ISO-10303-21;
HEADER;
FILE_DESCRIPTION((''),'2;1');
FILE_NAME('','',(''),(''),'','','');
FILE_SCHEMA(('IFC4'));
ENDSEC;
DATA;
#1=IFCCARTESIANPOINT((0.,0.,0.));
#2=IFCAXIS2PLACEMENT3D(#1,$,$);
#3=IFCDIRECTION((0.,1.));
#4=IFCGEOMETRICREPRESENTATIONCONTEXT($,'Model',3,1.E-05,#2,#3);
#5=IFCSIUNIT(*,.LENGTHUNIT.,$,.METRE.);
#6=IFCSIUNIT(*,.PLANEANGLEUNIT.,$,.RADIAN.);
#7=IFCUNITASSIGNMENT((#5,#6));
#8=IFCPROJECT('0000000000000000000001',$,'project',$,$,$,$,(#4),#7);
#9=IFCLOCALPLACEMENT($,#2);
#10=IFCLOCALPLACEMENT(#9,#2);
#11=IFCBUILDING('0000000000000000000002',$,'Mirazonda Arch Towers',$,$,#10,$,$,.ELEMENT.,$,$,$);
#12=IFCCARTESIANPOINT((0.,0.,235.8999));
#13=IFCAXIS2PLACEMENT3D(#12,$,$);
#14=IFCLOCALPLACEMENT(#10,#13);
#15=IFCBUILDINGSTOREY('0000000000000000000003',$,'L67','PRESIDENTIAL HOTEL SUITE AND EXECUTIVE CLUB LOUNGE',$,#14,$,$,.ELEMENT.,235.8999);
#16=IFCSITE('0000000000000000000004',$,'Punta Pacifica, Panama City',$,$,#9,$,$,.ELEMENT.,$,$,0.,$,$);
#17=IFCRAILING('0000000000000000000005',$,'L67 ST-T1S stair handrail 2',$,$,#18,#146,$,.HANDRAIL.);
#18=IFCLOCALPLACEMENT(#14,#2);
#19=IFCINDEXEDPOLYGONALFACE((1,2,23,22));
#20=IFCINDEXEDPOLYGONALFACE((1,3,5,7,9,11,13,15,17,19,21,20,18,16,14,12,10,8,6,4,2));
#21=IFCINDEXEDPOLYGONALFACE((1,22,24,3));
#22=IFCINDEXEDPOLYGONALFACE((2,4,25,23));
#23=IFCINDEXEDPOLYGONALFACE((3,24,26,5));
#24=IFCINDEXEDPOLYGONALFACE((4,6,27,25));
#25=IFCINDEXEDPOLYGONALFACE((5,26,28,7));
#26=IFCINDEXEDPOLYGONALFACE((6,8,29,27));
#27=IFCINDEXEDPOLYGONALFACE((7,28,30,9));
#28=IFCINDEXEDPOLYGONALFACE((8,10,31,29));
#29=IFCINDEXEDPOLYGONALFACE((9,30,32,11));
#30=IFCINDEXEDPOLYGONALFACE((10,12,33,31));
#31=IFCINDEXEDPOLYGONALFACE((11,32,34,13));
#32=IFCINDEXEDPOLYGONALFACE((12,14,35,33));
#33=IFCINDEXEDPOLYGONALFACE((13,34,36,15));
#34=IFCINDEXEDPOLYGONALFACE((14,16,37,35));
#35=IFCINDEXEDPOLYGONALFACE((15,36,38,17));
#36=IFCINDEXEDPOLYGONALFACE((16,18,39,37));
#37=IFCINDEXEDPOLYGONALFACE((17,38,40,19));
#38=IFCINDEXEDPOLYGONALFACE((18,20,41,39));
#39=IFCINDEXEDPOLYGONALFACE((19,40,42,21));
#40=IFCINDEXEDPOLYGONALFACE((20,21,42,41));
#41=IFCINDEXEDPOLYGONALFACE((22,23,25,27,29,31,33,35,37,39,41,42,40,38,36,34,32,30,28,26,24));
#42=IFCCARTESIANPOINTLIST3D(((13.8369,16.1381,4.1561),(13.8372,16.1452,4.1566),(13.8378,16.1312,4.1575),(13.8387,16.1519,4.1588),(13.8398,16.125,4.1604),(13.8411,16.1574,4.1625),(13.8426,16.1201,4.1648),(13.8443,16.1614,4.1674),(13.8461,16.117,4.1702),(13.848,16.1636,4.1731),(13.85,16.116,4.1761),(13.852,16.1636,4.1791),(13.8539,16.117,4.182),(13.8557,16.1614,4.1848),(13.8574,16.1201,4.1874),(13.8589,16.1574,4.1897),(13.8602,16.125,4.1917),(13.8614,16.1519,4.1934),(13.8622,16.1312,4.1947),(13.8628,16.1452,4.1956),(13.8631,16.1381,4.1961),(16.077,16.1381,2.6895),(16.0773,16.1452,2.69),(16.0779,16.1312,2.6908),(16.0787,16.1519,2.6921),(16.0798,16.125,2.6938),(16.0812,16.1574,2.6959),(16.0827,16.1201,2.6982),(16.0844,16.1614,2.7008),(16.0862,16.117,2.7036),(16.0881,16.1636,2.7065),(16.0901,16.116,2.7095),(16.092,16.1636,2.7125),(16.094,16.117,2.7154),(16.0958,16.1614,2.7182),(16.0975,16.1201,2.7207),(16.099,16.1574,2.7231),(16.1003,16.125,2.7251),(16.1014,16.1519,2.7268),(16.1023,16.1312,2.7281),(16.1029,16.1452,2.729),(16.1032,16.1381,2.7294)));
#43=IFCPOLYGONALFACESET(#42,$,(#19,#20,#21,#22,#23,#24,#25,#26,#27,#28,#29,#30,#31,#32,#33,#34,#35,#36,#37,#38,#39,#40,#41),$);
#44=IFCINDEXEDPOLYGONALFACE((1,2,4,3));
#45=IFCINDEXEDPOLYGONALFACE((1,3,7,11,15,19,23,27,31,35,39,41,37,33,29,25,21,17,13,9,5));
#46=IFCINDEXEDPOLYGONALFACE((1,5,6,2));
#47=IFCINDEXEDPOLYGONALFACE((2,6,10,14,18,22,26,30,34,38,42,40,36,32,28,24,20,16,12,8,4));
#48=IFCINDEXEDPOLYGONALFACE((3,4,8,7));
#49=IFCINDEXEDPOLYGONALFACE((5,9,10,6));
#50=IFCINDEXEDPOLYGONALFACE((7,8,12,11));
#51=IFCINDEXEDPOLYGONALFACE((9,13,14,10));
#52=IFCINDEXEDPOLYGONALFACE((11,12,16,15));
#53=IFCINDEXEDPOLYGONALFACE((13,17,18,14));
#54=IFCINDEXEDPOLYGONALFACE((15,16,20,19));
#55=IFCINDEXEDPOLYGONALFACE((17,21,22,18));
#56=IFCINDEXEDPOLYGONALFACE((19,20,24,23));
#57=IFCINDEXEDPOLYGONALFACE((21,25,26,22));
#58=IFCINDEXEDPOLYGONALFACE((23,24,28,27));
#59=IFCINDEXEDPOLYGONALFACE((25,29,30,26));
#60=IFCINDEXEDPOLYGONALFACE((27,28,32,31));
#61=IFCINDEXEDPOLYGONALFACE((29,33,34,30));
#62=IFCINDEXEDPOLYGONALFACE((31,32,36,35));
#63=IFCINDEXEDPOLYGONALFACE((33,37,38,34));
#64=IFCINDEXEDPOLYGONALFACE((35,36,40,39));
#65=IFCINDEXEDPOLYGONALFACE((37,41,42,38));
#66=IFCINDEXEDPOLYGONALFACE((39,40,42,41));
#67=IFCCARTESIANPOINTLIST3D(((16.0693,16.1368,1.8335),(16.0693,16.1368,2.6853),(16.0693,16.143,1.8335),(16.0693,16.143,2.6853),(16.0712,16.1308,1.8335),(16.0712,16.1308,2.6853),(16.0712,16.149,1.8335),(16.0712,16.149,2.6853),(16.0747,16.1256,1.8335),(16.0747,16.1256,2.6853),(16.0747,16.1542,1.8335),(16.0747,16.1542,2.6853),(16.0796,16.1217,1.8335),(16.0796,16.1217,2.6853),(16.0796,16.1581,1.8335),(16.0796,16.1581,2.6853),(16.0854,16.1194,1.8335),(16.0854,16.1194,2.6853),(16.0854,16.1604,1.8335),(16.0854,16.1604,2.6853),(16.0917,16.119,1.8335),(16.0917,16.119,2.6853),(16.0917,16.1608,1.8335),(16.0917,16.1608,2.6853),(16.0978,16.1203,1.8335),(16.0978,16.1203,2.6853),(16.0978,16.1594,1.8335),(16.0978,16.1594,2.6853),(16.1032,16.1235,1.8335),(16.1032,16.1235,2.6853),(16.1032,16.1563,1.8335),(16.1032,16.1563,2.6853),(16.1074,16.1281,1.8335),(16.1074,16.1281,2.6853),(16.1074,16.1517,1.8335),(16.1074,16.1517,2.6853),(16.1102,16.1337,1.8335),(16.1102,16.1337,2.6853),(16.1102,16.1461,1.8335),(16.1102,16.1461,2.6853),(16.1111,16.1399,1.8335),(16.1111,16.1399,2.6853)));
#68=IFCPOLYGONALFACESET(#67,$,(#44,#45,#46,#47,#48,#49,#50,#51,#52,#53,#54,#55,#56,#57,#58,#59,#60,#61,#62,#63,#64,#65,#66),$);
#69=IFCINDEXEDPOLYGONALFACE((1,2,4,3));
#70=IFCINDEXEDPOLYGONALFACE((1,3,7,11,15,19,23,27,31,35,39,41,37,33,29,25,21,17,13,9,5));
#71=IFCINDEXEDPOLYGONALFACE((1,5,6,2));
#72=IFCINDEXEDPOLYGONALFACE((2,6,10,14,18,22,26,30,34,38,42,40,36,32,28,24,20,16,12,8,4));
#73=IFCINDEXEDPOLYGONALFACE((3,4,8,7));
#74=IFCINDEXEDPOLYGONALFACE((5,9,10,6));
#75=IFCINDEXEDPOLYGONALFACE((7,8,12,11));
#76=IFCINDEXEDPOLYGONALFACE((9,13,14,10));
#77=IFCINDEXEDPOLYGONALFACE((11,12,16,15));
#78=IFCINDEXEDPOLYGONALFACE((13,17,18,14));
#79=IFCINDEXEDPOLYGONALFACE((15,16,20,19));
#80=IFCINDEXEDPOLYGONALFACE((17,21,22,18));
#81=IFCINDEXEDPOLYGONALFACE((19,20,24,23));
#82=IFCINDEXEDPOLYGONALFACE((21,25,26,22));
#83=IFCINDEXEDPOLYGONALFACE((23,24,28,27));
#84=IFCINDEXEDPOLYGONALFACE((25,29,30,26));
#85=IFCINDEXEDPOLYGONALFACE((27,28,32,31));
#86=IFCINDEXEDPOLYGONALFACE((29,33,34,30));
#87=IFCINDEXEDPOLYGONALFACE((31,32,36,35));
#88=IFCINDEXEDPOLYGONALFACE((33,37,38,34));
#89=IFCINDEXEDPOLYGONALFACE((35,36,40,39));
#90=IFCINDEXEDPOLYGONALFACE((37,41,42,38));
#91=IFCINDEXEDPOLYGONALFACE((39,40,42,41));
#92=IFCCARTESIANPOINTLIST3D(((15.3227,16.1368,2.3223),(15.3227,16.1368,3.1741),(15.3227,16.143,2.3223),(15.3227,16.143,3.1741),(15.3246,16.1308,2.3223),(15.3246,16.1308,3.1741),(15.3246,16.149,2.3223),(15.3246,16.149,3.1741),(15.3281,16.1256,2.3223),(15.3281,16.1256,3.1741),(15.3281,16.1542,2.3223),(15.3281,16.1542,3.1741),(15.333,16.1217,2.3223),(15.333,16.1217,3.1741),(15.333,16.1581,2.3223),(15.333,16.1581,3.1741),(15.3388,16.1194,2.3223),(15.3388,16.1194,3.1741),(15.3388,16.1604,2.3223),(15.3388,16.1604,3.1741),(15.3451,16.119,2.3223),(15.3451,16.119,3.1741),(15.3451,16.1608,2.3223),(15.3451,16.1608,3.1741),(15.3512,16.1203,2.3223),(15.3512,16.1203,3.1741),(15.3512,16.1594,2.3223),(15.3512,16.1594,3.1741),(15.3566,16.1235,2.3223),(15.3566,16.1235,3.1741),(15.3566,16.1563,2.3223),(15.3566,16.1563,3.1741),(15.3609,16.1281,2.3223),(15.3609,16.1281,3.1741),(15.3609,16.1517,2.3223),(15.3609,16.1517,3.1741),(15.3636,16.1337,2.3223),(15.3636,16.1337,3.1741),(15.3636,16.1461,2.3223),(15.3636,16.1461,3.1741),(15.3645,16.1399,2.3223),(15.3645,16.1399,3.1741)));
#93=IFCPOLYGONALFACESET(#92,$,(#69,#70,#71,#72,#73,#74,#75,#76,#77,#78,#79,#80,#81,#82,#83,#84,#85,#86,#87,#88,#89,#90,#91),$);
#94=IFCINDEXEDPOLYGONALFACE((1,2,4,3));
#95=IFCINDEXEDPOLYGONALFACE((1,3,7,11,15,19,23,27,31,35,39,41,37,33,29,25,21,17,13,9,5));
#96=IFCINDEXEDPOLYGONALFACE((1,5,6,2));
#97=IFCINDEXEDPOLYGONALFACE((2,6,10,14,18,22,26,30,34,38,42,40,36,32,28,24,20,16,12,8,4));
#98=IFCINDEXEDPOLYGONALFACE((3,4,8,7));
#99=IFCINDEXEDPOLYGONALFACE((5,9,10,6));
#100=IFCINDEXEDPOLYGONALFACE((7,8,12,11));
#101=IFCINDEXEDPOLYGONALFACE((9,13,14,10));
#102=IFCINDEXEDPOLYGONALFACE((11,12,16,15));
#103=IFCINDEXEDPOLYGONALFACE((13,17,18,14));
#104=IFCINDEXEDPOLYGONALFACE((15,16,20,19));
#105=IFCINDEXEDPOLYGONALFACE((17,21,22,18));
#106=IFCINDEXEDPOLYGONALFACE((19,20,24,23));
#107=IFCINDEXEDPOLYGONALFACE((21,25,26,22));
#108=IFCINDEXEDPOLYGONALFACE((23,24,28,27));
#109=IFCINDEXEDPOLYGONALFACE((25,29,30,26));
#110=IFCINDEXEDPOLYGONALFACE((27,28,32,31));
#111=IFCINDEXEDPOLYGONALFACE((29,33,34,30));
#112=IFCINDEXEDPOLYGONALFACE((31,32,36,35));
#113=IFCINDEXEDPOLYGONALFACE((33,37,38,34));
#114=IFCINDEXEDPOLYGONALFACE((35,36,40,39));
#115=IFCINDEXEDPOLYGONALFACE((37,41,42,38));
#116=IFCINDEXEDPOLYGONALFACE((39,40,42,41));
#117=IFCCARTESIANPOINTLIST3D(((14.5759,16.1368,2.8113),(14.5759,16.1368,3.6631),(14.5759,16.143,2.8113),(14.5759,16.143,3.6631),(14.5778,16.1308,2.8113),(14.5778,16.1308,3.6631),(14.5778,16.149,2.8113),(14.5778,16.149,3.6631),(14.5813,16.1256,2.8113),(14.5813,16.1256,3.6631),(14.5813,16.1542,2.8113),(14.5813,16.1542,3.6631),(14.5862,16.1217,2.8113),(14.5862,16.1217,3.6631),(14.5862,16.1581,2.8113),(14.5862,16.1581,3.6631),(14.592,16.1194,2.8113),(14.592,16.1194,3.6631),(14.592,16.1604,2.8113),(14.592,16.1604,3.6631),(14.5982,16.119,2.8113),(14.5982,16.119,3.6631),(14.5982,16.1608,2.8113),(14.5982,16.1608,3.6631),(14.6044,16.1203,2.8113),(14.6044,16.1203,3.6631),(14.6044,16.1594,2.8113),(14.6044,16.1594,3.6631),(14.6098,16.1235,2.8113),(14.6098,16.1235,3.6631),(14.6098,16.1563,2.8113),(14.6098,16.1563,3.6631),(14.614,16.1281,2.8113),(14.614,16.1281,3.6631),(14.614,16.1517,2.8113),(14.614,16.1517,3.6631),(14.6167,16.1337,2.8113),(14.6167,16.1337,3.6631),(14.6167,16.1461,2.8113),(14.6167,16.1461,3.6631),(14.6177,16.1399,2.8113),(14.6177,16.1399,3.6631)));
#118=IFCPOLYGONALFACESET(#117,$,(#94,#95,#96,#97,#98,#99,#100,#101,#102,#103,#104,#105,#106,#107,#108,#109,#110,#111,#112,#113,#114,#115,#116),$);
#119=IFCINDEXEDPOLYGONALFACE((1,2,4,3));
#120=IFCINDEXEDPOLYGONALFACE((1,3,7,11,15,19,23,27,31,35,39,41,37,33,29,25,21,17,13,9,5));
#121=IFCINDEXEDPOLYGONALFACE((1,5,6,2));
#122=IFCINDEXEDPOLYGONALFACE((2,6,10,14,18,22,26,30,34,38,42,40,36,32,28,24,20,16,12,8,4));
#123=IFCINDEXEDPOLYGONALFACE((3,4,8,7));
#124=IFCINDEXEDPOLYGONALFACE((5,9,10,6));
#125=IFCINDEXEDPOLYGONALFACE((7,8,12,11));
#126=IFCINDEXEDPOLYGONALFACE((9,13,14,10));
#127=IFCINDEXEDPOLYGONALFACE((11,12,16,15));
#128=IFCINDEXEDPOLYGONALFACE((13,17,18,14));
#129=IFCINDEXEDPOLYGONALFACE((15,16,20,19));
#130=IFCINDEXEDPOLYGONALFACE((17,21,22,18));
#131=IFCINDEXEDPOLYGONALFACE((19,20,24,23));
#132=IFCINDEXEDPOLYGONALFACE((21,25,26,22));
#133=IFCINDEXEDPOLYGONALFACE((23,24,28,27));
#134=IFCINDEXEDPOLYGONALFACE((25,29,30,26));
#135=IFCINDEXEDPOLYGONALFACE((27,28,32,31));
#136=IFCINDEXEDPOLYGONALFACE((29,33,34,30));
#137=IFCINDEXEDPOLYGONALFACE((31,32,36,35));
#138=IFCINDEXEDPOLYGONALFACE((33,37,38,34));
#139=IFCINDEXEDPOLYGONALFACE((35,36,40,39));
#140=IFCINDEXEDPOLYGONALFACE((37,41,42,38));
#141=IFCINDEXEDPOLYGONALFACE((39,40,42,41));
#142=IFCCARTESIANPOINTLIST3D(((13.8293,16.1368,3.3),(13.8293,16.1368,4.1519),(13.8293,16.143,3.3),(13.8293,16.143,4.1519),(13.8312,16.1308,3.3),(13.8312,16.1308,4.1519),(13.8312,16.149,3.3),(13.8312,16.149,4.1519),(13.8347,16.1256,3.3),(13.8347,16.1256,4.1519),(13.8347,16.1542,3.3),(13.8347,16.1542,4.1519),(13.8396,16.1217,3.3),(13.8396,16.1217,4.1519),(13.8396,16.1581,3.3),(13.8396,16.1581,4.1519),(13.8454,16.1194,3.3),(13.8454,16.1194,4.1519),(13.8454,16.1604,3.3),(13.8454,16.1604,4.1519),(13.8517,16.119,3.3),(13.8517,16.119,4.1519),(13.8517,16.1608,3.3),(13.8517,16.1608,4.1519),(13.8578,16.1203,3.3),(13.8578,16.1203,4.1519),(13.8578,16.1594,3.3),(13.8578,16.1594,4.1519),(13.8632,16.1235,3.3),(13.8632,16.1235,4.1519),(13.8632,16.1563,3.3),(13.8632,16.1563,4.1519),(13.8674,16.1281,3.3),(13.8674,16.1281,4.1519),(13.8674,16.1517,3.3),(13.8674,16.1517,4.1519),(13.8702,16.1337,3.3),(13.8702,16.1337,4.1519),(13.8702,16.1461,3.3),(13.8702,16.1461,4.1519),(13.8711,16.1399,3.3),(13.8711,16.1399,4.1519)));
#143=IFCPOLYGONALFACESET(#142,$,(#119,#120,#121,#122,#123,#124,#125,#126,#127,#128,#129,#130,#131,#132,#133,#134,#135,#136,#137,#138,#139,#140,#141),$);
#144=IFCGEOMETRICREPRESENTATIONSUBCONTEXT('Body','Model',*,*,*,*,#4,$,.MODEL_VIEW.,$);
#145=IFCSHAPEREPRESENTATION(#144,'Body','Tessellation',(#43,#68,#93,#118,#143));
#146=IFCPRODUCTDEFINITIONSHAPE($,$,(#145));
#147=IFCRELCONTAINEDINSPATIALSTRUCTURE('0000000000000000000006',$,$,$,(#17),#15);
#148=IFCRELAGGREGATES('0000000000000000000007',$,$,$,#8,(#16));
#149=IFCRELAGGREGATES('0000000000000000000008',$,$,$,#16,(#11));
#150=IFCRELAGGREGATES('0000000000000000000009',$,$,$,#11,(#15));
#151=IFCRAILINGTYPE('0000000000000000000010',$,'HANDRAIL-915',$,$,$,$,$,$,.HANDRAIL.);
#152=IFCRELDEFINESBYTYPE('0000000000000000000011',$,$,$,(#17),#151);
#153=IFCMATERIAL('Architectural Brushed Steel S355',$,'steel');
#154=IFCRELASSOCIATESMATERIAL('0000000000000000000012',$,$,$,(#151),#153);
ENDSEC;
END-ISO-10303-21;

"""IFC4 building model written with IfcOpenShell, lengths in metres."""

from ifc_helpers import new_model, si_unit, direction, frame, origin, origin_2d, place, context, subcontext, project, spatial, circle, extrude, material, type_object, element, save


model = new_model("IFC4")

# Units and contexts
model_context = context("Model", 3, precision=1e-05, world=origin(), true_north=direction((0.0, 1.0)))
body_context = subcontext(model_context, "Body", "Model", "MODEL_VIEW")
ifc_project = project(units=[si_unit("LENGTHUNIT", "METRE"), si_unit("PLANEANGLEUNIT", "RADIAN")], contexts=[model_context])

# Site, building, storey
site_placement = place(None, origin())
site = spatial("IfcSite", under=ifc_project, at=site_placement, Name="Punta Pacifica, Panama City", CompositionType="ELEMENT", RefElevation=0.0)
building_placement = place(site_placement, origin())
building = spatial("IfcBuilding", under=site, at=building_placement, Name="Mirazonda Arch Towers", CompositionType="ELEMENT")
storey_placement = place(building_placement, frame((0.0, 0.0, 235.8999)))
storey = spatial("IfcBuildingStorey", under=building, at=storey_placement, Name="L67", Description="PRESIDENTIAL HOTEL SUITE AND EXECUTIVE CLUB LOUNGE", CompositionType="ELEMENT", Elevation=235.8999)

# Shared definitions
ifc_material_1 = material(Name="Architectural Brushed Steel S355", Category="steel")

# Railing
railing_type = type_object("IfcRailingType", Name="HANDRAIL-915", PredefinedType="HANDRAIL", material=ifc_material_1)
railing_placement = place(storey_placement, frame((16.0901, 16.1399, 1.8335)))
element("IfcRailing", 1, at=railing_placement, inside=storey, type_object=railing_type, Name="L67 ST-T1S stair handrail 2", PredefinedType="HANDRAIL", context=body_context, shape_type="SweptSolid", body=[
    extrude(circle(Radius=0.0239, at=origin_2d()), frame((0.0, 0.0, 0.876), z_axis=(-0.836637, 0.0, 0.547758), x_axis=(0.0, -1.0, 0.0)), (0.0, 0.0, 1.0), 2.6775),
    extrude(circle(Radius=0.021, at=origin_2d()), origin(), (0.0, 0.0, 1.0), 0.8518),
    extrude(circle(Radius=0.021, at=origin_2d()), frame((-0.7466, 0.0, 0.4888)), (0.0, 0.0, 1.0), 0.8518),
    extrude(circle(Radius=0.021, at=origin_2d()), frame((-1.4934, 0.0, 0.9778)), (0.0, 0.0, 1.0), 0.8518),
    extrude(circle(Radius=0.021, at=origin_2d()), frame((-2.24, 0.0, 1.4666)), (0.0, 0.0, 1.0), 0.8518),
])

save(model, "model.ifc")
